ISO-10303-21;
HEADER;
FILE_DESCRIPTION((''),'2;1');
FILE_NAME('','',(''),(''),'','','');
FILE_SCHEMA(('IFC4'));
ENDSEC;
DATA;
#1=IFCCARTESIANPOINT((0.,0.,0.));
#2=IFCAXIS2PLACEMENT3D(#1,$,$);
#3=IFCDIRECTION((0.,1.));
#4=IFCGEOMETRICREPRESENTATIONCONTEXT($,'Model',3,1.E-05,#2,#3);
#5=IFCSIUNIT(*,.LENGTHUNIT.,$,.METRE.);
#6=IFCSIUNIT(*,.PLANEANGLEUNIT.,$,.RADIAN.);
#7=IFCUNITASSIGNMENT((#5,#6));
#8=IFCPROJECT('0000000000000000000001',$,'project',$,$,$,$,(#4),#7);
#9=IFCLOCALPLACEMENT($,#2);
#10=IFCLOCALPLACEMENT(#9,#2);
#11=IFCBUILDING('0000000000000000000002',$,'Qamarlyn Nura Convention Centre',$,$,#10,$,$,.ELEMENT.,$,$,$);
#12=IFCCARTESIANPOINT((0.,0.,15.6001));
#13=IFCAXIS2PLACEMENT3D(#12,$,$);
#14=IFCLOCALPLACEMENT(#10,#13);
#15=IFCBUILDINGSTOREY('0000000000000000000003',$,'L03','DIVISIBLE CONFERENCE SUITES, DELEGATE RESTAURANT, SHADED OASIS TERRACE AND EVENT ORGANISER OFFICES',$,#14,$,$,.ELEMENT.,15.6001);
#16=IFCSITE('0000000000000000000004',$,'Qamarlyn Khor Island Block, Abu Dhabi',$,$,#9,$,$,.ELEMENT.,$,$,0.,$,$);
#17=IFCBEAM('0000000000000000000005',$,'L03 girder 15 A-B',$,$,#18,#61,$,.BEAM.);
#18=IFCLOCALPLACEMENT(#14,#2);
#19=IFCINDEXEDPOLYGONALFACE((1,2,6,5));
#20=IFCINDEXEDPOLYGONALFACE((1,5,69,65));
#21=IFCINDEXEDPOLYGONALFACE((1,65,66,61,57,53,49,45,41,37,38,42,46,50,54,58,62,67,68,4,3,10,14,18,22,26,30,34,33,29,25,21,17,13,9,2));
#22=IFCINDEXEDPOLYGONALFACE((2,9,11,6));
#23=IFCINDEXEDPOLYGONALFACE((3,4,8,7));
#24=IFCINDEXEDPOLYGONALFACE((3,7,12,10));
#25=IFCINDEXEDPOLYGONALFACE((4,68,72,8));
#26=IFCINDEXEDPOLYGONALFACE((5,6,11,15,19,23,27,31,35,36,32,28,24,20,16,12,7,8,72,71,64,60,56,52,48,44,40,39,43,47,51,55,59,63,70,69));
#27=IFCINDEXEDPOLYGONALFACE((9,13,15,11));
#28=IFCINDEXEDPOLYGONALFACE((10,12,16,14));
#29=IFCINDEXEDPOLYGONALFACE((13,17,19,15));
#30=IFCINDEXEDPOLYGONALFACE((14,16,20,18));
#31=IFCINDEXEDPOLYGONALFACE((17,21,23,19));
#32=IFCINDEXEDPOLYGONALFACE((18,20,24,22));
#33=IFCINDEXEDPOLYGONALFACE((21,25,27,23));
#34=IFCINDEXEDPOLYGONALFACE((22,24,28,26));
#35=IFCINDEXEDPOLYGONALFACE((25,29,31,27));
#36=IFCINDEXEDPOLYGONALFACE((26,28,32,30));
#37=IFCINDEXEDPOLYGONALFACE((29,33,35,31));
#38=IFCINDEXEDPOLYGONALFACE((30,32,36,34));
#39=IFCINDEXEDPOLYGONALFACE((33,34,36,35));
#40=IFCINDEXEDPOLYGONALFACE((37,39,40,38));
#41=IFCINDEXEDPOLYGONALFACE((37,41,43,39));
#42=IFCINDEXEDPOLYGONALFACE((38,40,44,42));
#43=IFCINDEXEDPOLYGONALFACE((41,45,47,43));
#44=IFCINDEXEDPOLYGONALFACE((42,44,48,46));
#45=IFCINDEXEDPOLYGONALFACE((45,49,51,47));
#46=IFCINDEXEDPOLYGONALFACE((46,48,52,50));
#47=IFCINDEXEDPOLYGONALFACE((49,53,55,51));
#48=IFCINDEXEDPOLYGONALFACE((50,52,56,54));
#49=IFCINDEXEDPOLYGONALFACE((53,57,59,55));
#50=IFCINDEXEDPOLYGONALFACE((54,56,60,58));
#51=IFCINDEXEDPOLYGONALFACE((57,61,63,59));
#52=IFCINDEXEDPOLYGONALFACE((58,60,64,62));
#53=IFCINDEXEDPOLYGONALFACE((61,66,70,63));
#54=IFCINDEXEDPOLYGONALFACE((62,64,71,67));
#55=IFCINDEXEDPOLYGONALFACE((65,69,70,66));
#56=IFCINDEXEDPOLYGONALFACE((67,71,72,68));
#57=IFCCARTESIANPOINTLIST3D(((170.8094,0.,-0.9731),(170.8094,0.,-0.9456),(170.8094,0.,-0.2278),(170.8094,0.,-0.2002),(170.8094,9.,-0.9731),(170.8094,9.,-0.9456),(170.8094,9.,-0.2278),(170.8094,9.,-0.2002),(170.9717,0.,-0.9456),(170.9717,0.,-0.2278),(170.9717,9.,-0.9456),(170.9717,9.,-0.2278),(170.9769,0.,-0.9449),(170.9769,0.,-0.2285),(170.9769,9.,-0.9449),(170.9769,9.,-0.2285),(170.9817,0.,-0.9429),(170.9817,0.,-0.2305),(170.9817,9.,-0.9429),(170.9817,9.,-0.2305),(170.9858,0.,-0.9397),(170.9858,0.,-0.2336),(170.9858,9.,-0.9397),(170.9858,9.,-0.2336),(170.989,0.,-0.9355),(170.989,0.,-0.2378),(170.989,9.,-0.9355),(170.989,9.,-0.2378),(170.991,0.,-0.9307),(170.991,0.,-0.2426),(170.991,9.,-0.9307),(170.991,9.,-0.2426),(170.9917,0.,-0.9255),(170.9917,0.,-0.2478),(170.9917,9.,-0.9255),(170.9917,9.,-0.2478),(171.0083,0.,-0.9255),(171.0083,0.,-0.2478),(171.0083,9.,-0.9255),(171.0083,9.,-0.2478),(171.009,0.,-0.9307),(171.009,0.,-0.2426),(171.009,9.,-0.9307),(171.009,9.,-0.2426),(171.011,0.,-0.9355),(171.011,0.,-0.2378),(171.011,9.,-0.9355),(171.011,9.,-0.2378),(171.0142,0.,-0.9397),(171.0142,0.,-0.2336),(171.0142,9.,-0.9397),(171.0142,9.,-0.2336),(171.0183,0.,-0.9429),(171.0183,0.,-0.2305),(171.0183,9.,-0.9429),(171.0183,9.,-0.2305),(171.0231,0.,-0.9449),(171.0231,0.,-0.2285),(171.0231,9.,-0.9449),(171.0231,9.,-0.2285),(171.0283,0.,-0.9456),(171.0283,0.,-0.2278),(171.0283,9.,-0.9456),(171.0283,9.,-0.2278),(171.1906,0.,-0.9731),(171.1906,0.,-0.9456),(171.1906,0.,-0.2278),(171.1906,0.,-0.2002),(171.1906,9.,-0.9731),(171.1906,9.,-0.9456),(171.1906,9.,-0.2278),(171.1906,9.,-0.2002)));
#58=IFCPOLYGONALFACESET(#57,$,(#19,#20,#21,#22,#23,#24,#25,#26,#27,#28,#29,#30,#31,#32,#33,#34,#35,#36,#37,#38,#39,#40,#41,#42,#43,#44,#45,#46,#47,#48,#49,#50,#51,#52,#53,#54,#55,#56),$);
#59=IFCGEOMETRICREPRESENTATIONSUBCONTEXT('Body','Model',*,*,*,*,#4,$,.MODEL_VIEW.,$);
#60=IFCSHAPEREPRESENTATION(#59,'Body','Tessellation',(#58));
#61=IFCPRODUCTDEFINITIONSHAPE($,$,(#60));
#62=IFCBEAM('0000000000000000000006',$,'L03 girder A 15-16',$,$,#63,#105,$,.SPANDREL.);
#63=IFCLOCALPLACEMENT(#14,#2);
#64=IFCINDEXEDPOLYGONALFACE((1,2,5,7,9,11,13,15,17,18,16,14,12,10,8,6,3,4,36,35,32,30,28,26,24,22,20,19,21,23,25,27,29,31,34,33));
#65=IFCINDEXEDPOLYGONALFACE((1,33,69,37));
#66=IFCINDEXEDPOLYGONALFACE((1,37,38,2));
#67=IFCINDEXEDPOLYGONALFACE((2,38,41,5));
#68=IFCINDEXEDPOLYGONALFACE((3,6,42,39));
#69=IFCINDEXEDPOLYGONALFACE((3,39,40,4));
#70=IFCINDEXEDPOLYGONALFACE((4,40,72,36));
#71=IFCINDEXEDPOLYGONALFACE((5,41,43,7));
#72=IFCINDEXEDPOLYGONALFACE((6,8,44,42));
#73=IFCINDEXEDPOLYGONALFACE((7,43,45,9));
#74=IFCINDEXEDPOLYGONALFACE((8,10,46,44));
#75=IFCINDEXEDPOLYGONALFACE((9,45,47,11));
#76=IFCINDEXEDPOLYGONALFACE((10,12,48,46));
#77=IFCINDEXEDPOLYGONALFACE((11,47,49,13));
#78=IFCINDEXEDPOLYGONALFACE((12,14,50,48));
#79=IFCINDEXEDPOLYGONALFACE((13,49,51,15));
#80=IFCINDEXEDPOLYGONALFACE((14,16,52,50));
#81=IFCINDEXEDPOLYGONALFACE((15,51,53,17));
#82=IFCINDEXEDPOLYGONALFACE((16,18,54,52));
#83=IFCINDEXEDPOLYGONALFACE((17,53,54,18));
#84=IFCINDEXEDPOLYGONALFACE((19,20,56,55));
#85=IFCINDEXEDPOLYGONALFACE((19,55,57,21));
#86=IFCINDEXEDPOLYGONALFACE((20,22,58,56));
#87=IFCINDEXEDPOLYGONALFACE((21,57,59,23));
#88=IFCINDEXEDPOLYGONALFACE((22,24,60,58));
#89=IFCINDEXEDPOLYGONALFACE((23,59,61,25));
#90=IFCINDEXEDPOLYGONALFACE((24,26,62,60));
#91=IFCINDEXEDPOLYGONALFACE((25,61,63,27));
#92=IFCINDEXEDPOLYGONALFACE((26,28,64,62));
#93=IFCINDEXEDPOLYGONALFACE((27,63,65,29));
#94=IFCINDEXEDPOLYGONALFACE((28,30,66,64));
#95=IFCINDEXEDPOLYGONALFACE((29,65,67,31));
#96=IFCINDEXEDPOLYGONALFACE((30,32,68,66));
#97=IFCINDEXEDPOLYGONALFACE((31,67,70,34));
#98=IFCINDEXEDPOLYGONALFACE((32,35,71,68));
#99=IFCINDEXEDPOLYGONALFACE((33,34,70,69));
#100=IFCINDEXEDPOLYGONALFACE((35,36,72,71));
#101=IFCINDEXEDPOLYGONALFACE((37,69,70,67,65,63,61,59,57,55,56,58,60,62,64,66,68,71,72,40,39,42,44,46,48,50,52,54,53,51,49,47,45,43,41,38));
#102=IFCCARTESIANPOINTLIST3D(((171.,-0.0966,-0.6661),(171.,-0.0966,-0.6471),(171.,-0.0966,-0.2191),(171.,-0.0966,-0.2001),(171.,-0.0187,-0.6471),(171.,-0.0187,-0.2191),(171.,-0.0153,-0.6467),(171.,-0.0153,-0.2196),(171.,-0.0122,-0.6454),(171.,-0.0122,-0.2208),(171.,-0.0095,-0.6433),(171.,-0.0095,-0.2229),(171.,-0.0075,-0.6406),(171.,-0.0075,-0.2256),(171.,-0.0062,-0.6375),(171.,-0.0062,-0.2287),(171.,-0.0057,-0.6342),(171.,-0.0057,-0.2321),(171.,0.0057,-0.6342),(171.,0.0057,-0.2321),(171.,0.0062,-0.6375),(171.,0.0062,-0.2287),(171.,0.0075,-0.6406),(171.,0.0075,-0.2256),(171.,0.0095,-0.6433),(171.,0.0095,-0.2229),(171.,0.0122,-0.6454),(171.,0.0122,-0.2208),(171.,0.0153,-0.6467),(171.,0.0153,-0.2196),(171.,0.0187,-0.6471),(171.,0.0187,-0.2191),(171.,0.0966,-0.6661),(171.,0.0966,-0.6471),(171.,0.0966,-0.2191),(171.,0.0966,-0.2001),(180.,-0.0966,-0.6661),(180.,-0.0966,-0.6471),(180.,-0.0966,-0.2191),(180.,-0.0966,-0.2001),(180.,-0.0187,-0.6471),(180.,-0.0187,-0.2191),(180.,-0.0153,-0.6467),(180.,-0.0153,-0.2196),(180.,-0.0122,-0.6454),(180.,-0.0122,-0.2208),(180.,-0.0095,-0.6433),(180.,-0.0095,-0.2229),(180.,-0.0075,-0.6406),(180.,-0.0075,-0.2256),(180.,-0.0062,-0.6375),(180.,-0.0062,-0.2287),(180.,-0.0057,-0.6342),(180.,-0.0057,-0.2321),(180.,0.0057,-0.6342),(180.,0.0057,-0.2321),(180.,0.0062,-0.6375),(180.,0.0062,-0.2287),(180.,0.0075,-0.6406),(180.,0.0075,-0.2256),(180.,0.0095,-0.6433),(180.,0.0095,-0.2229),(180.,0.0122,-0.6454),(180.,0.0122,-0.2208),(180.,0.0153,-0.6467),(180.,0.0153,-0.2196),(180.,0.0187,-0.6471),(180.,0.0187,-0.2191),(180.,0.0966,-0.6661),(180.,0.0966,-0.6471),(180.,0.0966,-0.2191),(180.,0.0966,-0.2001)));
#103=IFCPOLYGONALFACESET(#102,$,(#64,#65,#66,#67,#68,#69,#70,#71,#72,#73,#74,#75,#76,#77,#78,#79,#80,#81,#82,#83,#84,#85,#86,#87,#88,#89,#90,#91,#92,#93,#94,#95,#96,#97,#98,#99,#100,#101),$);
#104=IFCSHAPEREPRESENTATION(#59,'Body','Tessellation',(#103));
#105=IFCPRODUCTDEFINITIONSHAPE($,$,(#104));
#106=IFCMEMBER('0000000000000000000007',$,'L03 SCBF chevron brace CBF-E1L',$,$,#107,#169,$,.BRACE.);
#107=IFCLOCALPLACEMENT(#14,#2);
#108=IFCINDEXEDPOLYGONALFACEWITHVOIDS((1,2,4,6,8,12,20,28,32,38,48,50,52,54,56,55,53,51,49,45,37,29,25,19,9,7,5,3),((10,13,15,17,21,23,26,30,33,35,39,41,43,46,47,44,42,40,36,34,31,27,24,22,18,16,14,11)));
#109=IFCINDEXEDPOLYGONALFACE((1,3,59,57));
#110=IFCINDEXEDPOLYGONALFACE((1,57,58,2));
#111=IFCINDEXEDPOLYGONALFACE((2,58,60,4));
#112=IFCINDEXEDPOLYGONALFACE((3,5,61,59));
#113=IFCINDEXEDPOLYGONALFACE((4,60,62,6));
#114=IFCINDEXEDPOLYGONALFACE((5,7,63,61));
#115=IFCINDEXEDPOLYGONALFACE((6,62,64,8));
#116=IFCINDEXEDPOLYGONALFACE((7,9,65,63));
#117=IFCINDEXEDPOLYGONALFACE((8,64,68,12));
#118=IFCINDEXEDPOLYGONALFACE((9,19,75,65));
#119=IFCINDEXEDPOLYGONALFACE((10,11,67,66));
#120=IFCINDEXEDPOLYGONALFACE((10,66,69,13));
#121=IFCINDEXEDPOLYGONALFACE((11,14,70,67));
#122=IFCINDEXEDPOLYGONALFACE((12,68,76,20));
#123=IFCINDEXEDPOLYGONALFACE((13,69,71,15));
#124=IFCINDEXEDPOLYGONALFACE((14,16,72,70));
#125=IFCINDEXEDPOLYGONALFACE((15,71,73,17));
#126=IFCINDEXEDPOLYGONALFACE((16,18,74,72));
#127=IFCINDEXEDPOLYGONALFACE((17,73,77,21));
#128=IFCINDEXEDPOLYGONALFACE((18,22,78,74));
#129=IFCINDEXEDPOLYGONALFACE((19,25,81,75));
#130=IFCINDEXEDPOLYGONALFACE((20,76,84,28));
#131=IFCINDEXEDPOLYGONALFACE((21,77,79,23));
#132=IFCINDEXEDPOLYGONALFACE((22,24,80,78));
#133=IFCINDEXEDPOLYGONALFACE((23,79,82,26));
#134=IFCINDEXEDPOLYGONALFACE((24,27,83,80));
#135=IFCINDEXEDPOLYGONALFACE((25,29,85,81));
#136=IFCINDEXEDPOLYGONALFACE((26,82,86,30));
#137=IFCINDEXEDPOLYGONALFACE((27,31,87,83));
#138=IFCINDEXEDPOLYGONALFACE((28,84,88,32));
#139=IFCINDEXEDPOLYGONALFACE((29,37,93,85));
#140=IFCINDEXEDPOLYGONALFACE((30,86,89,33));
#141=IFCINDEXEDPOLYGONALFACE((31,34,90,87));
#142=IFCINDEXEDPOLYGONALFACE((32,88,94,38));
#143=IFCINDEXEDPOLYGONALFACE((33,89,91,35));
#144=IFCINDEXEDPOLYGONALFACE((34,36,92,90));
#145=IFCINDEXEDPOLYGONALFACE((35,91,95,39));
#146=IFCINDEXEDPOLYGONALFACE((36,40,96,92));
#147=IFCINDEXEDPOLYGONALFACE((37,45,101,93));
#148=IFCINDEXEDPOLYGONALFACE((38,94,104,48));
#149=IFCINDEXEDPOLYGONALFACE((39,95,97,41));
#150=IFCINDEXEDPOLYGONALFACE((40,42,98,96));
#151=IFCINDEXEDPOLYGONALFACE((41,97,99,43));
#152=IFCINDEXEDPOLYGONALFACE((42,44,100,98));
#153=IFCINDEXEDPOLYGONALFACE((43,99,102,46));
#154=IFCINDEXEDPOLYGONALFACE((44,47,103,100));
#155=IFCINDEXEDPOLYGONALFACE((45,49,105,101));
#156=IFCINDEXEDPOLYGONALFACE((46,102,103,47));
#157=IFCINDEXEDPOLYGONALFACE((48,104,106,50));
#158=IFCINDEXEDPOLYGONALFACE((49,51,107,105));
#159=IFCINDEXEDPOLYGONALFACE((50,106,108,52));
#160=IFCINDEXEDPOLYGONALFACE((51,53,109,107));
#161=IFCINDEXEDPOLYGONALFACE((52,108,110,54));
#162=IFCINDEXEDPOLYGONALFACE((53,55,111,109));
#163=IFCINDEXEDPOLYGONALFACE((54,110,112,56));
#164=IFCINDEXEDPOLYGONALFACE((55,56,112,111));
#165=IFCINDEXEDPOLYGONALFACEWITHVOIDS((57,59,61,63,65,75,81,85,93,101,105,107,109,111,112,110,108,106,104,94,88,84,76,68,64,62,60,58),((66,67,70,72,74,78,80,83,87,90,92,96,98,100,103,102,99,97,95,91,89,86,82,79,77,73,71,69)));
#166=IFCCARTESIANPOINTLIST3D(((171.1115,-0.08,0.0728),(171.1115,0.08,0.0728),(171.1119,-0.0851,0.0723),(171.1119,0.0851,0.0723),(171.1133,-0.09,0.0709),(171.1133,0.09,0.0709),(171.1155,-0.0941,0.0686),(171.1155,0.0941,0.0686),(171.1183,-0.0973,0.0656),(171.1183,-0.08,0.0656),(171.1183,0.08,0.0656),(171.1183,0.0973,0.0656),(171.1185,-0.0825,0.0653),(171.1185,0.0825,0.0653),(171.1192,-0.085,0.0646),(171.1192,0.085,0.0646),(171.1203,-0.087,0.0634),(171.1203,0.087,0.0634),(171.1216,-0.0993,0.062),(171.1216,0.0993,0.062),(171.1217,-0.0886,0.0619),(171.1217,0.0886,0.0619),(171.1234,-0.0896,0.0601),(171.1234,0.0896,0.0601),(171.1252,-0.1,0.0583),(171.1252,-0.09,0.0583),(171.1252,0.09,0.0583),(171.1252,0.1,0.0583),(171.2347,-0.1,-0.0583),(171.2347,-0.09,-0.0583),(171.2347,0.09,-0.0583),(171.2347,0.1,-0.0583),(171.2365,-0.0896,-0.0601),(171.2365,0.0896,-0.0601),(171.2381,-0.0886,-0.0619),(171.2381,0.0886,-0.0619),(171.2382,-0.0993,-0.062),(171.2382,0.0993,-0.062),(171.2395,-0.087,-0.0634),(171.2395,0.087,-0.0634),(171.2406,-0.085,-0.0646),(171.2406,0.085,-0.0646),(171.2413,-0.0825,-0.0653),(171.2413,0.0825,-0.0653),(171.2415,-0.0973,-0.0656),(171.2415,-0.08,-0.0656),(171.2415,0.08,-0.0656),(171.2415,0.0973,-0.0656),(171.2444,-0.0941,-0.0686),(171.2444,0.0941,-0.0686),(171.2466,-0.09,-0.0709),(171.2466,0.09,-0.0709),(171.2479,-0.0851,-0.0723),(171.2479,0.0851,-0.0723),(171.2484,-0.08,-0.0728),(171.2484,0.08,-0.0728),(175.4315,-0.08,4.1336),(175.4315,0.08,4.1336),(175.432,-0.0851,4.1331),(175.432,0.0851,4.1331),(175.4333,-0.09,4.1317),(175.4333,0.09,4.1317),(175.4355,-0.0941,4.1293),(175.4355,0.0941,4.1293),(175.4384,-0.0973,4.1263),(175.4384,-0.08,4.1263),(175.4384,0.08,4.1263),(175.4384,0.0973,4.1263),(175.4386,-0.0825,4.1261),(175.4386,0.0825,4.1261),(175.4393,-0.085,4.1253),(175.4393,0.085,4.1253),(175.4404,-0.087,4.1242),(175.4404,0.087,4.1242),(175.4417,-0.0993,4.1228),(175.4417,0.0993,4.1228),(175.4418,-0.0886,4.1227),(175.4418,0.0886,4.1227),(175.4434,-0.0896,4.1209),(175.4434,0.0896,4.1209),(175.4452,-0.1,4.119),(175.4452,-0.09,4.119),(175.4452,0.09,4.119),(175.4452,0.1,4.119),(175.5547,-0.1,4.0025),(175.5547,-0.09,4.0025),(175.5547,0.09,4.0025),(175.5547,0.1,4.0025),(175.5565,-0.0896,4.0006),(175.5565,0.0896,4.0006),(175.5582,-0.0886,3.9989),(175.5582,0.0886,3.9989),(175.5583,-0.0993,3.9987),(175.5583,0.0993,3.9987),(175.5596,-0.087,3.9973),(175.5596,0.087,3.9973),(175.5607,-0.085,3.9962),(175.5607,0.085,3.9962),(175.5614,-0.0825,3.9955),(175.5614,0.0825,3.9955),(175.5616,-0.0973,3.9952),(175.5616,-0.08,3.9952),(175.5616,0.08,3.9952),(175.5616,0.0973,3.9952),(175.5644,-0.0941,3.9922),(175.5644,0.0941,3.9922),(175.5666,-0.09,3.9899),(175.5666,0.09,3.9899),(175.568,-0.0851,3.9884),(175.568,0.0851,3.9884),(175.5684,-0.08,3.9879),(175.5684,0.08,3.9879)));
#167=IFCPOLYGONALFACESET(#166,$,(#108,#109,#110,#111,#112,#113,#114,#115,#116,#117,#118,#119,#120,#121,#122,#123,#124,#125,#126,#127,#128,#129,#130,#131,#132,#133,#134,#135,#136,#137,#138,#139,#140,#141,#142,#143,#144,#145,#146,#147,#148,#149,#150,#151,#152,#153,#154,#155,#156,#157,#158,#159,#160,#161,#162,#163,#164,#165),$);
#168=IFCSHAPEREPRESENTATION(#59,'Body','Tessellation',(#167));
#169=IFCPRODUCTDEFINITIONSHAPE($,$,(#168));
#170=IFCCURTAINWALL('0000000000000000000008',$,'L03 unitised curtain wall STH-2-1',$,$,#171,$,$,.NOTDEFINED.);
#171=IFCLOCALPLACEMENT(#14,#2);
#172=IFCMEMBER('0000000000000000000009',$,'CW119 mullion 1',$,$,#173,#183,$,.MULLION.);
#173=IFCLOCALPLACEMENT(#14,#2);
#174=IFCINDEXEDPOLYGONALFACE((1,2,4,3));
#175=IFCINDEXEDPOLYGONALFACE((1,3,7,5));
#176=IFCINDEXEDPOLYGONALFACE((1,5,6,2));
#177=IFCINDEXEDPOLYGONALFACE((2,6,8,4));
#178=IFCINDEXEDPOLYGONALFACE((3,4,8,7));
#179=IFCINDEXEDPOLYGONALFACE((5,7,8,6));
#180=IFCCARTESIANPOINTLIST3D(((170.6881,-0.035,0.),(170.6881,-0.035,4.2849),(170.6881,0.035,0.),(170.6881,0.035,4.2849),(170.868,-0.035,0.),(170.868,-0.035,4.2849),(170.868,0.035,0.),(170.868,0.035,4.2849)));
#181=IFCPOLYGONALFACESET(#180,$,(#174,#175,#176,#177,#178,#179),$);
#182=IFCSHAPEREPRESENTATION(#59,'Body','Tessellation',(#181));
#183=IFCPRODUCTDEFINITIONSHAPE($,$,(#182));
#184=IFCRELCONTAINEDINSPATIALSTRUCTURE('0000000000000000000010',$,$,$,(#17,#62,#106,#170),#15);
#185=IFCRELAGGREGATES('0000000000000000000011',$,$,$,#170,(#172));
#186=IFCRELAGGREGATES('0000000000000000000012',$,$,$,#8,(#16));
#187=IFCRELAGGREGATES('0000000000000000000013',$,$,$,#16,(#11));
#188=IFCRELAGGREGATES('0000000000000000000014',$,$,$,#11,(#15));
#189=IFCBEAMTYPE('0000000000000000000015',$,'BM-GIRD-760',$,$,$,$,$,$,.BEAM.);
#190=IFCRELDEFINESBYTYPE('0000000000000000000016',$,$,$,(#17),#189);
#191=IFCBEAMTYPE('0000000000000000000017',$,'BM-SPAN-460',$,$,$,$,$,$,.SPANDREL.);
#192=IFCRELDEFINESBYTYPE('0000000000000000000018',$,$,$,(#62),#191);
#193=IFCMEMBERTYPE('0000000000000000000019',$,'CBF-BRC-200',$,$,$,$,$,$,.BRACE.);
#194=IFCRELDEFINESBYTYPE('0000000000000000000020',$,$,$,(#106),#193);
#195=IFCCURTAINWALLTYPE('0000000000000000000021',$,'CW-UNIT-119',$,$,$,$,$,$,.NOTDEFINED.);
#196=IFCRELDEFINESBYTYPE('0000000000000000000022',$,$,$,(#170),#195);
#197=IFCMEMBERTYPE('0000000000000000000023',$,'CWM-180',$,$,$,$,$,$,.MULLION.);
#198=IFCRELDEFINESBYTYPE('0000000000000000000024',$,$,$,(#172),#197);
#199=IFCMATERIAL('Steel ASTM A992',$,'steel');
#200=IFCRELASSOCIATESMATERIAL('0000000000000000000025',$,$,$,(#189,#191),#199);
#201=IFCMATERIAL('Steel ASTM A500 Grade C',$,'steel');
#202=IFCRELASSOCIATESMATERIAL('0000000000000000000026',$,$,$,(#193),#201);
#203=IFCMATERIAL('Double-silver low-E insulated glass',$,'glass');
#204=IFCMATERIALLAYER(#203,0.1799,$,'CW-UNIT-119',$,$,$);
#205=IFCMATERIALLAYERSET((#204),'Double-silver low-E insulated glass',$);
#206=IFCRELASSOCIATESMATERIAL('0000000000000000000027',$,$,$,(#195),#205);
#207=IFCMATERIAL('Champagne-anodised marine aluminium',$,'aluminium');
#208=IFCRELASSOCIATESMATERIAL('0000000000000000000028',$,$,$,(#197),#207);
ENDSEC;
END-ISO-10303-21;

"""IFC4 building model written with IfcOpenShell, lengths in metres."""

from ifc_helpers import new_model, si_unit, direction, frame, origin, origin_2d, place, context, subcontext, project, spatial, rectangle, hollow_rectangle, i_section, extrude, material, layer, layer_set, material_profile, profile_set, type_object, element, aggregate, save


model = new_model("IFC4")

# Units and contexts
model_context = context("Model", 3, precision=1e-05, world=origin(), true_north=direction((0.0, 1.0)))
body_context = subcontext(model_context, "Body", "Model", "MODEL_VIEW")
ifc_project = project(units=[si_unit("LENGTHUNIT", "METRE"), si_unit("PLANEANGLEUNIT", "RADIAN")], contexts=[model_context])

# Site, building, storey
site_placement = place(None, origin())
site = spatial("IfcSite", under=ifc_project, at=site_placement, Name="Qamarlyn Khor Island Block, Abu Dhabi", CompositionType="ELEMENT", RefElevation=0.0)
building_placement = place(site_placement, origin())
building = spatial("IfcBuilding", under=site, at=building_placement, Name="Qamarlyn Nura Convention Centre", CompositionType="ELEMENT")
storey_placement = place(building_placement, frame((0.0, 0.0, 15.6001)))
storey = spatial("IfcBuildingStorey", under=building, at=storey_placement, Name="L03", Description="DIVISIBLE CONFERENCE SUITES, DELEGATE RESTAURANT, SHADED OASIS TERRACE AND EVENT ORGANISER OFFICES", CompositionType="ELEMENT", Elevation=15.6001)

# Shared definitions
ifc_material_1 = material(Name="Steel ASTM A992", Category="steel")

# Beams
ifc_material_profile_1 = material_profile(ifc_material_1, i_section(OverallWidth=0.3811, OverallDepth=0.7729, WebThickness=0.0166, FlangeThickness=0.0276, FilletRadius=0.02, at=origin_2d()), Name="W760X257")
ifc_profile_set_1 = profile_set([ifc_material_profile_1], Name="Steel ASTM A992")
beam_type_1 = type_object("IfcBeamType", Name="BM-GIRD-760", PredefinedType="BEAM", material=ifc_profile_set_1)
beam_1_placement = place(storey_placement, frame((171.0, 0.0, -0.5867), z_axis=(0.0, 1.0, 0.0), x_axis=(-1.0, 0.0, 0.0)))
element("IfcBeam", 1, at=beam_1_placement, inside=storey, type_object=beam_type_1, Name="L03 girder 15 A-B", PredefinedType="BEAM", context=body_context, shape_type="SweptSolid", body=[
    extrude(i_section(OverallWidth=0.3811, OverallDepth=0.7729, WebThickness=0.0166, FlangeThickness=0.0276, FilletRadius=0.02, at=origin_2d()), origin(), (0.0, 0.0, 1.0), 9.0),
])
ifc_material_profile_2 = material_profile(ifc_material_1, i_section(OverallWidth=0.1931, OverallDepth=0.4661, WebThickness=0.0115, FlangeThickness=0.019, FilletRadius=0.0129, at=origin_2d()), Name="W460X97")
ifc_profile_set_2 = profile_set([ifc_material_profile_2], Name="Steel ASTM A992")
beam_type_2 = type_object("IfcBeamType", Name="BM-SPAN-460", PredefinedType="SPANDREL", material=ifc_profile_set_2)
beam_2_placement = place(storey_placement, frame((171.0, 0.0, -0.4331), z_axis=(1.0, 0.0, 0.0), x_axis=(0.0, 1.0, 0.0)))
element("IfcBeam", 2, at=beam_2_placement, inside=storey, type_object=beam_type_2, Name="L03 girder A 15-16", PredefinedType="SPANDREL", context=body_context, shape_type="SweptSolid", body=[
    extrude(i_section(OverallWidth=0.1931, OverallDepth=0.4661, WebThickness=0.0115, FlangeThickness=0.019, FilletRadius=0.0129, at=origin_2d()), origin(), (0.0, 0.0, 1.0), 9.0),
])

# Member
ifc_material_2 = material(Name="Steel ASTM A500 Grade C", Category="steel")
ifc_material_profile_3 = material_profile(ifc_material_2, hollow_rectangle(XDim=0.2, YDim=0.2, WallThickness=0.01, InnerFilletRadius=0.01, OuterFilletRadius=0.02, at=origin_2d()), Name="HSS200X200X10")
ifc_profile_set_3 = profile_set([ifc_material_profile_3], Name="Steel ASTM A500 Grade C")
member_type_1 = type_object("IfcMemberType", Name="CBF-BRC-200", PredefinedType="BRACE", material=ifc_profile_set_3)
member_1_placement = place(storey_placement, frame((171.1799, 0.0, 0.0), z_axis=(0.728634, 0.0, 0.684903), x_axis=(0.0, 1.0, 0.0)))
element("IfcMember", 3, at=member_1_placement, inside=storey, type_object=member_type_1, Name="L03 SCBF chevron brace CBF-E1L", PredefinedType="BRACE", context=body_context, shape_type="SweptSolid", body=[
    extrude(hollow_rectangle(XDim=0.2, YDim=0.2, WallThickness=0.01, InnerFilletRadius=0.01, OuterFilletRadius=0.02, at=origin_2d()), origin(), (0.0, 0.0, 1.0), 5.929),
])

# Curtain wall, member
ifc_material_3 = material(Name="Double-silver low-E insulated glass", Category="glass")
ifc_layer_1 = layer(ifc_material_3, 0.1799, Name="CW-UNIT-119")
ifc_layer_set_1 = layer_set([ifc_layer_1], Name="Double-silver low-E insulated glass")
curtain_wall_type = type_object("IfcCurtainWallType", Name="CW-UNIT-119", PredefinedType="NOTDEFINED", material=ifc_layer_set_1)
curtain_wall_placement = place(storey_placement, origin())
curtain_wall = element("IfcCurtainWall", 4, at=curtain_wall_placement, inside=storey, type_object=curtain_wall_type, Name="L03 unitised curtain wall STH-2-1", PredefinedType="NOTDEFINED")
ifc_material_4 = material(Name="Champagne-anodised marine aluminium", Category="aluminium")
ifc_material_profile_4 = material_profile(ifc_material_4, rectangle(XDim=0.0701, YDim=0.1799, at=origin_2d()), Name="ALU MULLION 70x180")
ifc_profile_set_4 = profile_set([ifc_material_profile_4], Name="Champagne-anodised marine aluminium")
member_type_2 = type_object("IfcMemberType", Name="CWM-180", PredefinedType="MULLION", material=ifc_profile_set_4)
member_2_placement = place(storey_placement, frame((170.7781, 0.0, 0.0), z_axis=(0.0, 0.0, 1.0), x_axis=(0.0, -1.0, 0.0)))
member_2 = element("IfcMember", 5, at=member_2_placement, type_object=member_type_2, Name="CW119 mullion 1", PredefinedType="MULLION", context=body_context, shape_type="SweptSolid", body=[
    extrude(rectangle(XDim=0.0701, YDim=0.1799, at=origin_2d()), origin(), (0.0, 0.0, 1.0), 4.2849),
])
aggregate(curtain_wall, [member_2])

save(model, "model.ifc")
